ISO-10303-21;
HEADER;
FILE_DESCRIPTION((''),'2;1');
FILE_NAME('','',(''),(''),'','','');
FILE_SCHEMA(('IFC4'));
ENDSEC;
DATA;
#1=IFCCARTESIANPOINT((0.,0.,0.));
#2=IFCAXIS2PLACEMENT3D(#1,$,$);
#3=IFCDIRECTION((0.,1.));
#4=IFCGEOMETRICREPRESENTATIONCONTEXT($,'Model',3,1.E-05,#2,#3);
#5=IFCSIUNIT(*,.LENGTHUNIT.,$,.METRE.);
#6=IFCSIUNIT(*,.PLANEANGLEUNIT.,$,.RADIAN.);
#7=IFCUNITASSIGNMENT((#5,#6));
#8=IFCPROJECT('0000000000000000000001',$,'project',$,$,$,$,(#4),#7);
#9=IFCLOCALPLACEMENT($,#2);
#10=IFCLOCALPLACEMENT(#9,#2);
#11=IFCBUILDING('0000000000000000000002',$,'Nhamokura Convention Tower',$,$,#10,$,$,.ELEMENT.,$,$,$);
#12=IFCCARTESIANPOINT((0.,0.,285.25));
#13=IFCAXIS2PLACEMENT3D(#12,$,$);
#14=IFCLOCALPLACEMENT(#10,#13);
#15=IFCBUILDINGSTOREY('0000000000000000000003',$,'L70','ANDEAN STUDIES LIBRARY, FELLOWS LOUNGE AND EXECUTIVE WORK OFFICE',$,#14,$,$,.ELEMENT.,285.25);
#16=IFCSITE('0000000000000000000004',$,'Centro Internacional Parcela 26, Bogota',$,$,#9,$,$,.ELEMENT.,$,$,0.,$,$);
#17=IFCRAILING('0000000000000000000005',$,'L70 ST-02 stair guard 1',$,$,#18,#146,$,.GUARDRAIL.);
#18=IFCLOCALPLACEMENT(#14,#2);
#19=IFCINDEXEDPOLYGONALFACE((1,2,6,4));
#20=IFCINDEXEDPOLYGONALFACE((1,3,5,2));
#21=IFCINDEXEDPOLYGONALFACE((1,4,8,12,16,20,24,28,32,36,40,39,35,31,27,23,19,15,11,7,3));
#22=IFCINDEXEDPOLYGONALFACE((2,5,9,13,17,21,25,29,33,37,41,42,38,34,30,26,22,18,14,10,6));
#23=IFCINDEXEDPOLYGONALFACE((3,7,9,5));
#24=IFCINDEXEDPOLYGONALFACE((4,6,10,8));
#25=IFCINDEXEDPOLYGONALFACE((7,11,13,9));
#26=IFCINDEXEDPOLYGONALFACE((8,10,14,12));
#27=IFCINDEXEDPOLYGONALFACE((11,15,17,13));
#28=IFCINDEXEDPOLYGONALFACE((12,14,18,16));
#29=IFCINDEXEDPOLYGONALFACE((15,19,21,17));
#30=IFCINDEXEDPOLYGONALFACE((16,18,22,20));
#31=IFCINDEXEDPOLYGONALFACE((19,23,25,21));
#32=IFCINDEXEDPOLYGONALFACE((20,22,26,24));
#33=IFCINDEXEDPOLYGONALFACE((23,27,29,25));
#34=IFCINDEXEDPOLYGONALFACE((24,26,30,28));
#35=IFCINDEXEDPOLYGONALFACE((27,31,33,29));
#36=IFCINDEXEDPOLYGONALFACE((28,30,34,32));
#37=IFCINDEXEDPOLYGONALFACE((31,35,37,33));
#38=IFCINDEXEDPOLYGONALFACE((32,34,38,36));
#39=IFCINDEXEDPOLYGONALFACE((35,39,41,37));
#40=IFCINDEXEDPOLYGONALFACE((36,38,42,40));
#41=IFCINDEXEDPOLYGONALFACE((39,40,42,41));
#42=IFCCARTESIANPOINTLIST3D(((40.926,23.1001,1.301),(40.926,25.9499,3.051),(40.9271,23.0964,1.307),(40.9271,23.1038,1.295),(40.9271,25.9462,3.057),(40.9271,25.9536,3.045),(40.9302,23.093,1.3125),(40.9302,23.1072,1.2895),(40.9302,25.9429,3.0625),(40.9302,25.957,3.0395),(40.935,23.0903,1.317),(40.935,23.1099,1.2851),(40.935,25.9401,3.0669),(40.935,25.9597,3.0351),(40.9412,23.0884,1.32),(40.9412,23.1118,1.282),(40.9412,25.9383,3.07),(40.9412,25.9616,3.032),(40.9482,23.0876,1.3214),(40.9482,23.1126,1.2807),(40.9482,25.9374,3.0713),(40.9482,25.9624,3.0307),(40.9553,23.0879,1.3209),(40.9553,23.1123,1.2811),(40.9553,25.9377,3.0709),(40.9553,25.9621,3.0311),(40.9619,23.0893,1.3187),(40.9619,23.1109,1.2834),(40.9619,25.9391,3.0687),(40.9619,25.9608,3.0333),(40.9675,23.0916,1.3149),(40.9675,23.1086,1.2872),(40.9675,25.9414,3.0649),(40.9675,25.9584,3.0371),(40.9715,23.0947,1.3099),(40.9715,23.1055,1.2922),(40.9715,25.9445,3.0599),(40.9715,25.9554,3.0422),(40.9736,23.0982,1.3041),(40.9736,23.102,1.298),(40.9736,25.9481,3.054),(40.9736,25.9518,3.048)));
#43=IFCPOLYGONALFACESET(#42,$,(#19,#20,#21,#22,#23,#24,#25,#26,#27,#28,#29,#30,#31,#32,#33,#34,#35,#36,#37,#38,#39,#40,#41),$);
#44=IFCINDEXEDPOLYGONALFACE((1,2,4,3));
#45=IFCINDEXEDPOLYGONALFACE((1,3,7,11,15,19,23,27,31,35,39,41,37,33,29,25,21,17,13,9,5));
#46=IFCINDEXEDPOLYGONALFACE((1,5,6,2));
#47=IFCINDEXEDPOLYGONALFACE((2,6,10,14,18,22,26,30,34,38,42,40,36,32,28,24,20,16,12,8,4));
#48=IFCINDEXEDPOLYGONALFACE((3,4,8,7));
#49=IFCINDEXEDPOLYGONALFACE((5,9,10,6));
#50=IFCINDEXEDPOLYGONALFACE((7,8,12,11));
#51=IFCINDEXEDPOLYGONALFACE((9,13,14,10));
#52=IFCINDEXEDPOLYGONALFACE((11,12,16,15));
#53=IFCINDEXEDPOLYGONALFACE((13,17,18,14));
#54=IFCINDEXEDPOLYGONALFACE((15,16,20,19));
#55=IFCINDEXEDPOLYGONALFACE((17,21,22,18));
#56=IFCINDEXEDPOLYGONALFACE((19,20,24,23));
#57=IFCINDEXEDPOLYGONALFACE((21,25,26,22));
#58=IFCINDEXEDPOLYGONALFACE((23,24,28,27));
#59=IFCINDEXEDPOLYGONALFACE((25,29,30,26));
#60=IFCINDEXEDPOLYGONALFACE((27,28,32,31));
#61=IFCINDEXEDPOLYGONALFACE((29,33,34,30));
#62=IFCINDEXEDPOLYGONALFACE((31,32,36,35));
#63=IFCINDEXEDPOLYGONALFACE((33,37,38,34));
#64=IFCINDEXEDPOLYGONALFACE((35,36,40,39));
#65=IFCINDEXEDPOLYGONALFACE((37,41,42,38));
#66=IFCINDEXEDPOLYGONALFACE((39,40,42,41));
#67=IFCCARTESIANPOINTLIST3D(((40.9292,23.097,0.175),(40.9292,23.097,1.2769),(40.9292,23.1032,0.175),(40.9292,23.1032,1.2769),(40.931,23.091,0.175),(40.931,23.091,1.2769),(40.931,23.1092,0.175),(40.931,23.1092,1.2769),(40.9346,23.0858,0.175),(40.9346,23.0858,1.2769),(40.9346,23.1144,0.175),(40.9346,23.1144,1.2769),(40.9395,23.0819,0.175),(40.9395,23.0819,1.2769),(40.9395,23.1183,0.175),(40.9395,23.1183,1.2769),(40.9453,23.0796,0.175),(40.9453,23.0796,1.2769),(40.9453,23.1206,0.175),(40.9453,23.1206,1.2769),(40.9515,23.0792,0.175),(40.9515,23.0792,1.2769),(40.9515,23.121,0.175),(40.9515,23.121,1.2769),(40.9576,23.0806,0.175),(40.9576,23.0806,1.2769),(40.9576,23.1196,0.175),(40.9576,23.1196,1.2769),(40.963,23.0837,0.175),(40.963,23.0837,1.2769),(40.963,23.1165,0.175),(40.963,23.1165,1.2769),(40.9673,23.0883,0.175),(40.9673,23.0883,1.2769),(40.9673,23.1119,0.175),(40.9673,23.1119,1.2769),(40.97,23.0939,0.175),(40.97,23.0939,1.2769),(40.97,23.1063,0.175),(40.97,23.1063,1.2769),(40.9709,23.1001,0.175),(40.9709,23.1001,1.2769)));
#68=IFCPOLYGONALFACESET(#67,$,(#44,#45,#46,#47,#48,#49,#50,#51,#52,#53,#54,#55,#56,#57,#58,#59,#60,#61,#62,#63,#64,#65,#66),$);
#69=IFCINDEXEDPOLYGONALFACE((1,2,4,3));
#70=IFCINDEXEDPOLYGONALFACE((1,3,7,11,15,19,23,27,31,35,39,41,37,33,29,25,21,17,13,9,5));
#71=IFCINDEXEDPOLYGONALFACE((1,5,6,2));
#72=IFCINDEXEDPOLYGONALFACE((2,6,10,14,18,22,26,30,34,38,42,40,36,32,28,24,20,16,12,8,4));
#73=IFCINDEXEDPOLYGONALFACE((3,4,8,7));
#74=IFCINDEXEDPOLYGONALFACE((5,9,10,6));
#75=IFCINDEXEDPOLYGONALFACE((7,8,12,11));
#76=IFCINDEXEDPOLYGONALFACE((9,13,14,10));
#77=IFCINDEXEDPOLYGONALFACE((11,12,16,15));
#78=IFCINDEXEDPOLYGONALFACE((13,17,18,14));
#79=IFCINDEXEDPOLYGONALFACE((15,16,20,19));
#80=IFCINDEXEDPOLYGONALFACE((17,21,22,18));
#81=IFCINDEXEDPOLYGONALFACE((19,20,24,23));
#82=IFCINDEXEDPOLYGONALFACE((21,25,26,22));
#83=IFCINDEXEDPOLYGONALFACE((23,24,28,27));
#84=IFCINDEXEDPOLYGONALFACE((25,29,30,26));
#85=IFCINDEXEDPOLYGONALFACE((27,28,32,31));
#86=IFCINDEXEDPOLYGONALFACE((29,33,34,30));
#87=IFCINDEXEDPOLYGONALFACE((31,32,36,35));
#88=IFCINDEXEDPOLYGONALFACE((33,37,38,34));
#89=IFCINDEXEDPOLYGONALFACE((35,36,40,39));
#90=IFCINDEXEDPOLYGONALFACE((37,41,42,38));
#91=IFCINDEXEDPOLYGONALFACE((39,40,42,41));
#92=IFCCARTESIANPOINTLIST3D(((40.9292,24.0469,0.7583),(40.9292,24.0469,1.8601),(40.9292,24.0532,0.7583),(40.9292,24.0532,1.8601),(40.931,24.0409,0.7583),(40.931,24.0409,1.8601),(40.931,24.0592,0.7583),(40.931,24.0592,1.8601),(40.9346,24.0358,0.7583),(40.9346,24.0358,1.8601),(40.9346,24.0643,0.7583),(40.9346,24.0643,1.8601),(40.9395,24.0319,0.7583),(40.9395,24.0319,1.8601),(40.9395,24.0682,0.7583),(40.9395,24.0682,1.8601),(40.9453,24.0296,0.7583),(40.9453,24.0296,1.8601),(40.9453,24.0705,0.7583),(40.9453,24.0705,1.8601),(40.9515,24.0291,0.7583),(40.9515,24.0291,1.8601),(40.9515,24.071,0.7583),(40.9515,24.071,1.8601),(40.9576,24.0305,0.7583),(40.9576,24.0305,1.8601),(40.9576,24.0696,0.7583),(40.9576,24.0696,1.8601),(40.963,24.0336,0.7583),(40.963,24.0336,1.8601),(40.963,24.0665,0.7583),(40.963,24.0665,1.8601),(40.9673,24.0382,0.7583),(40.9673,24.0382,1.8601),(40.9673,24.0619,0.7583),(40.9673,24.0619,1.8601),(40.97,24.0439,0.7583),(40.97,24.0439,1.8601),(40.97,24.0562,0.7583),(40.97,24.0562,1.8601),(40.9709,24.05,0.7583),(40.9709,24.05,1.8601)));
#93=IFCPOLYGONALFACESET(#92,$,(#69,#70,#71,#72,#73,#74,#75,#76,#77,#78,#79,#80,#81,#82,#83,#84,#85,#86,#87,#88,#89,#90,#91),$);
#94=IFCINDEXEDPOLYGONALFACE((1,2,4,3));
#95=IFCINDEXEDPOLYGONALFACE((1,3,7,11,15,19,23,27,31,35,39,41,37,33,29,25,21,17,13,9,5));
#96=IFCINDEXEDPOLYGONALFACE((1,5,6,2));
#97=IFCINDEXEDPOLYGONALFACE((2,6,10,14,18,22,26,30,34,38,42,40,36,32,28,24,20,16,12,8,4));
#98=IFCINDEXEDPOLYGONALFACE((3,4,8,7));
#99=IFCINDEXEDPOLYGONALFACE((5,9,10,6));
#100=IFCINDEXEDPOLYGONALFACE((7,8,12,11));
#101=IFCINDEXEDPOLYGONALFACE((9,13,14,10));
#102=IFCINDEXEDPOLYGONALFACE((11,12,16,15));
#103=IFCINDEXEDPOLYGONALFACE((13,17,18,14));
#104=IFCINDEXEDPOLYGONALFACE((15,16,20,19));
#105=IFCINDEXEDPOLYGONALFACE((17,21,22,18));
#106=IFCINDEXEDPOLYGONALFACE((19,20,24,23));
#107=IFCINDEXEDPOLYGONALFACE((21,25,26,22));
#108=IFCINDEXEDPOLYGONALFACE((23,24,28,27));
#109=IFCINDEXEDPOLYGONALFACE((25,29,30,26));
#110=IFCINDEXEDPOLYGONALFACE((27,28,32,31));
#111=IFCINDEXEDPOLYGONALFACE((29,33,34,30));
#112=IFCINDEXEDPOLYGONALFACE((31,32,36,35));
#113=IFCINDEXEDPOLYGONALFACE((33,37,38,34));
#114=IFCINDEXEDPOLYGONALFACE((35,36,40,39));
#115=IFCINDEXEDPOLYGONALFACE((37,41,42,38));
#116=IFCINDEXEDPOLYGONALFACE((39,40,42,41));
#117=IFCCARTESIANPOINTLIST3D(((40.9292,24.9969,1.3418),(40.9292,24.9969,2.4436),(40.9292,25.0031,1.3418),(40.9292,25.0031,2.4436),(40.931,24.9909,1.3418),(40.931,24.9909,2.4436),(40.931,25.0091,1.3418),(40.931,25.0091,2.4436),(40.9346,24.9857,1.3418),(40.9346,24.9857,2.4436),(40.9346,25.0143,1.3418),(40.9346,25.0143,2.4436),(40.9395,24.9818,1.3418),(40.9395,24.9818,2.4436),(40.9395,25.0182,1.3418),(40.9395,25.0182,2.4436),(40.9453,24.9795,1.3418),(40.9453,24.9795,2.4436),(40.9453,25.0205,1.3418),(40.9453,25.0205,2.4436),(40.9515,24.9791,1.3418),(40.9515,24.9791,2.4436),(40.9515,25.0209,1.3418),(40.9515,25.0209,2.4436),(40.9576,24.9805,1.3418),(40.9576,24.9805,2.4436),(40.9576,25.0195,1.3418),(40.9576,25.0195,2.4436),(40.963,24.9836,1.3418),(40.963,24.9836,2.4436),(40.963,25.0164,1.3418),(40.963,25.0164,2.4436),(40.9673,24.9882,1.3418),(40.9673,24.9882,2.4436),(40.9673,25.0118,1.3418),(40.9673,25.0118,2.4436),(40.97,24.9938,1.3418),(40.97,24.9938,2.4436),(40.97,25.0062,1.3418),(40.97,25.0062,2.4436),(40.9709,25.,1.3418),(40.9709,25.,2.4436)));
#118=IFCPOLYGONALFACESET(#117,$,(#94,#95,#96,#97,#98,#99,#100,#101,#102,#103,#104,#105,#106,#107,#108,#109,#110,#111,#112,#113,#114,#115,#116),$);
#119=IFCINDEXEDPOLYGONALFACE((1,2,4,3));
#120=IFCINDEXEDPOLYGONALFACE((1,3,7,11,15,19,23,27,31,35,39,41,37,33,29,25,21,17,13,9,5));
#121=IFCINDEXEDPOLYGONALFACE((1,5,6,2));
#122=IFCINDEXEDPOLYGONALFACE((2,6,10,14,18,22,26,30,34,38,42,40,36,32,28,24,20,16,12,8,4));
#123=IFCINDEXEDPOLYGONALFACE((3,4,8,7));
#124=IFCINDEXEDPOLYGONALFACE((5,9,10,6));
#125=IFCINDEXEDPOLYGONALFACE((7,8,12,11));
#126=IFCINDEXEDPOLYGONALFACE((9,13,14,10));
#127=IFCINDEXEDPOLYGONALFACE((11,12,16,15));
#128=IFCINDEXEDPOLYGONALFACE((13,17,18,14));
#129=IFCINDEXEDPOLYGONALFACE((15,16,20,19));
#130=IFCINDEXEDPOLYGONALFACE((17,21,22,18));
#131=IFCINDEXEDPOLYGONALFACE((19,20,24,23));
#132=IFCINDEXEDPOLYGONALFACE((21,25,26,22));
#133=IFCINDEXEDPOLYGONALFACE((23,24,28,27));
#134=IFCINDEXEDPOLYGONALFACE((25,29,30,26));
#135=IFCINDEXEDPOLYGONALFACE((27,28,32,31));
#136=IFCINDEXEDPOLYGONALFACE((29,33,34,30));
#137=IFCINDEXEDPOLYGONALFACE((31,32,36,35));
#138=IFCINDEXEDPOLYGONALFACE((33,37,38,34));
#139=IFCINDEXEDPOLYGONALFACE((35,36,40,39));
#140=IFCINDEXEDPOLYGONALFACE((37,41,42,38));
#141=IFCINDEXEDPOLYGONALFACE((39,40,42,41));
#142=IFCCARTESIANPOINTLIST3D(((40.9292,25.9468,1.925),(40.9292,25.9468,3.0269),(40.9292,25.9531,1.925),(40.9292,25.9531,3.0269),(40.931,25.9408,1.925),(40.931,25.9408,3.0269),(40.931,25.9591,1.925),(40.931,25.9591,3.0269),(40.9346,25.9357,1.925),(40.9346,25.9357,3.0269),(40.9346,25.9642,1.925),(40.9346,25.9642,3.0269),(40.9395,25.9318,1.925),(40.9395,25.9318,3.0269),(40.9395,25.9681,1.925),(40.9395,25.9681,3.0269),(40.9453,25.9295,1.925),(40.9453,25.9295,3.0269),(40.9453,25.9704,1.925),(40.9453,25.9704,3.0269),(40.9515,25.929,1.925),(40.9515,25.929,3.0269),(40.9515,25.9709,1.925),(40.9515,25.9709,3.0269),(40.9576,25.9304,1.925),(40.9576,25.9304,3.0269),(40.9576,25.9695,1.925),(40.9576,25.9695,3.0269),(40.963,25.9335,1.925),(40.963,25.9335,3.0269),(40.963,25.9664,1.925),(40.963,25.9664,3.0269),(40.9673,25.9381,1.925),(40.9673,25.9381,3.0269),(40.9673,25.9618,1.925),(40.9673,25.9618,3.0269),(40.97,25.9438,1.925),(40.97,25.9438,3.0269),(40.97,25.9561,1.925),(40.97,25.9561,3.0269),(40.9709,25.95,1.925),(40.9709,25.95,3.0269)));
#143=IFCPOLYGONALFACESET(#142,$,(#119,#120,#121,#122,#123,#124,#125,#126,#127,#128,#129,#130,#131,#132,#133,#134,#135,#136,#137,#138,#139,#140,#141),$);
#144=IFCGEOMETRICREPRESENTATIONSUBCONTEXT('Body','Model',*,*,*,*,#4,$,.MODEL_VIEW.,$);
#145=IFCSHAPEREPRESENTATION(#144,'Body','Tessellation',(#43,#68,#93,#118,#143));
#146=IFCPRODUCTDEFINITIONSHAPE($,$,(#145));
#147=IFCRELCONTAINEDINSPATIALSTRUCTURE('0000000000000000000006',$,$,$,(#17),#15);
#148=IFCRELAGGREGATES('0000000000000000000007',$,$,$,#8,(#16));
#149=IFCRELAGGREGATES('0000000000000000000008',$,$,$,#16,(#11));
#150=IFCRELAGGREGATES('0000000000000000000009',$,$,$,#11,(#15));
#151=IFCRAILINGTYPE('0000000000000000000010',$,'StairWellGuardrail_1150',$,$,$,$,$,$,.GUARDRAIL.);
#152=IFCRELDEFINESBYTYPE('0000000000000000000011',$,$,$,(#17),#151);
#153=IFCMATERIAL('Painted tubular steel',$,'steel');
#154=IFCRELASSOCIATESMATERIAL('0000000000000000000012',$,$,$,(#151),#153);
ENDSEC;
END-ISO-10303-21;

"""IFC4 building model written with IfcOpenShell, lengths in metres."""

from ifc_helpers import new_model, si_unit, direction, frame, origin, origin_2d, place, context, subcontext, project, spatial, circle, extrude, material, type_object, element, save


model = new_model("IFC4")

# Units and contexts
model_context = context("Model", 3, precision=1e-05, world=origin(), true_north=direction((0.0, 1.0)))
body_context = subcontext(model_context, "Body", "Model", "MODEL_VIEW")
ifc_project = project(units=[si_unit("LENGTHUNIT", "METRE"), si_unit("PLANEANGLEUNIT", "RADIAN")], contexts=[model_context])

# Site, building, storey
site_placement = place(None, origin())
site = spatial("IfcSite", under=ifc_project, at=site_placement, Name="Centro Internacional Parcela 26, Bogota", CompositionType="ELEMENT", RefElevation=0.0)
building_placement = place(site_placement, origin())
building = spatial("IfcBuilding", under=site, at=building_placement, Name="Nhamokura Convention Tower", CompositionType="ELEMENT")
storey_placement = place(building_placement, frame((0.0, 0.0, 285.25)))
storey = spatial("IfcBuildingStorey", under=building, at=storey_placement, Name="L70", Description="ANDEAN STUDIES LIBRARY, FELLOWS LOUNGE AND EXECUTIVE WORK OFFICE", CompositionType="ELEMENT", Elevation=285.25)

# Railing
ifc_material_1 = material(Name="Painted tubular steel", Category="steel")
railing_type_1 = type_object("IfcRailingType", Name="StairWellGuardrail_1150", PredefinedType="GUARDRAIL", material=ifc_material_1)
railing_1_placement = place(storey_placement, frame((40.95, 23.1001, 0.175)))
element("IfcRailing", 1, at=railing_1_placement, inside=storey, type_object=railing_type_1, Name="L70 ST-02 stair guard 1", PredefinedType="GUARDRAIL", context=body_context, shape_type="SweptSolid", body=[
    extrude(circle(Radius=0.0239, at=origin_2d()), frame((0.0, 0.0, 1.126), z_axis=(0.0, 0.852159, 0.523283), x_axis=(-1.0, 0.0, 0.0)), (0.0, 0.0, 1.0), 3.3442),
    extrude(circle(Radius=0.021, at=origin_2d()), origin(), (0.0, 0.0, 1.0), 1.1018),
    extrude(circle(Radius=0.021, at=origin_2d()), frame((0.0, 0.95, 0.5833)), (0.0, 0.0, 1.0), 1.1018),
    extrude(circle(Radius=0.021, at=origin_2d()), frame((0.0, 1.8999, 1.1667)), (0.0, 0.0, 1.0), 1.1018),
    extrude(circle(Radius=0.021, at=origin_2d()), frame((0.0, 2.8499, 1.75)), (0.0, 0.0, 1.0), 1.1018),
])

save(model, "model.ifc")
